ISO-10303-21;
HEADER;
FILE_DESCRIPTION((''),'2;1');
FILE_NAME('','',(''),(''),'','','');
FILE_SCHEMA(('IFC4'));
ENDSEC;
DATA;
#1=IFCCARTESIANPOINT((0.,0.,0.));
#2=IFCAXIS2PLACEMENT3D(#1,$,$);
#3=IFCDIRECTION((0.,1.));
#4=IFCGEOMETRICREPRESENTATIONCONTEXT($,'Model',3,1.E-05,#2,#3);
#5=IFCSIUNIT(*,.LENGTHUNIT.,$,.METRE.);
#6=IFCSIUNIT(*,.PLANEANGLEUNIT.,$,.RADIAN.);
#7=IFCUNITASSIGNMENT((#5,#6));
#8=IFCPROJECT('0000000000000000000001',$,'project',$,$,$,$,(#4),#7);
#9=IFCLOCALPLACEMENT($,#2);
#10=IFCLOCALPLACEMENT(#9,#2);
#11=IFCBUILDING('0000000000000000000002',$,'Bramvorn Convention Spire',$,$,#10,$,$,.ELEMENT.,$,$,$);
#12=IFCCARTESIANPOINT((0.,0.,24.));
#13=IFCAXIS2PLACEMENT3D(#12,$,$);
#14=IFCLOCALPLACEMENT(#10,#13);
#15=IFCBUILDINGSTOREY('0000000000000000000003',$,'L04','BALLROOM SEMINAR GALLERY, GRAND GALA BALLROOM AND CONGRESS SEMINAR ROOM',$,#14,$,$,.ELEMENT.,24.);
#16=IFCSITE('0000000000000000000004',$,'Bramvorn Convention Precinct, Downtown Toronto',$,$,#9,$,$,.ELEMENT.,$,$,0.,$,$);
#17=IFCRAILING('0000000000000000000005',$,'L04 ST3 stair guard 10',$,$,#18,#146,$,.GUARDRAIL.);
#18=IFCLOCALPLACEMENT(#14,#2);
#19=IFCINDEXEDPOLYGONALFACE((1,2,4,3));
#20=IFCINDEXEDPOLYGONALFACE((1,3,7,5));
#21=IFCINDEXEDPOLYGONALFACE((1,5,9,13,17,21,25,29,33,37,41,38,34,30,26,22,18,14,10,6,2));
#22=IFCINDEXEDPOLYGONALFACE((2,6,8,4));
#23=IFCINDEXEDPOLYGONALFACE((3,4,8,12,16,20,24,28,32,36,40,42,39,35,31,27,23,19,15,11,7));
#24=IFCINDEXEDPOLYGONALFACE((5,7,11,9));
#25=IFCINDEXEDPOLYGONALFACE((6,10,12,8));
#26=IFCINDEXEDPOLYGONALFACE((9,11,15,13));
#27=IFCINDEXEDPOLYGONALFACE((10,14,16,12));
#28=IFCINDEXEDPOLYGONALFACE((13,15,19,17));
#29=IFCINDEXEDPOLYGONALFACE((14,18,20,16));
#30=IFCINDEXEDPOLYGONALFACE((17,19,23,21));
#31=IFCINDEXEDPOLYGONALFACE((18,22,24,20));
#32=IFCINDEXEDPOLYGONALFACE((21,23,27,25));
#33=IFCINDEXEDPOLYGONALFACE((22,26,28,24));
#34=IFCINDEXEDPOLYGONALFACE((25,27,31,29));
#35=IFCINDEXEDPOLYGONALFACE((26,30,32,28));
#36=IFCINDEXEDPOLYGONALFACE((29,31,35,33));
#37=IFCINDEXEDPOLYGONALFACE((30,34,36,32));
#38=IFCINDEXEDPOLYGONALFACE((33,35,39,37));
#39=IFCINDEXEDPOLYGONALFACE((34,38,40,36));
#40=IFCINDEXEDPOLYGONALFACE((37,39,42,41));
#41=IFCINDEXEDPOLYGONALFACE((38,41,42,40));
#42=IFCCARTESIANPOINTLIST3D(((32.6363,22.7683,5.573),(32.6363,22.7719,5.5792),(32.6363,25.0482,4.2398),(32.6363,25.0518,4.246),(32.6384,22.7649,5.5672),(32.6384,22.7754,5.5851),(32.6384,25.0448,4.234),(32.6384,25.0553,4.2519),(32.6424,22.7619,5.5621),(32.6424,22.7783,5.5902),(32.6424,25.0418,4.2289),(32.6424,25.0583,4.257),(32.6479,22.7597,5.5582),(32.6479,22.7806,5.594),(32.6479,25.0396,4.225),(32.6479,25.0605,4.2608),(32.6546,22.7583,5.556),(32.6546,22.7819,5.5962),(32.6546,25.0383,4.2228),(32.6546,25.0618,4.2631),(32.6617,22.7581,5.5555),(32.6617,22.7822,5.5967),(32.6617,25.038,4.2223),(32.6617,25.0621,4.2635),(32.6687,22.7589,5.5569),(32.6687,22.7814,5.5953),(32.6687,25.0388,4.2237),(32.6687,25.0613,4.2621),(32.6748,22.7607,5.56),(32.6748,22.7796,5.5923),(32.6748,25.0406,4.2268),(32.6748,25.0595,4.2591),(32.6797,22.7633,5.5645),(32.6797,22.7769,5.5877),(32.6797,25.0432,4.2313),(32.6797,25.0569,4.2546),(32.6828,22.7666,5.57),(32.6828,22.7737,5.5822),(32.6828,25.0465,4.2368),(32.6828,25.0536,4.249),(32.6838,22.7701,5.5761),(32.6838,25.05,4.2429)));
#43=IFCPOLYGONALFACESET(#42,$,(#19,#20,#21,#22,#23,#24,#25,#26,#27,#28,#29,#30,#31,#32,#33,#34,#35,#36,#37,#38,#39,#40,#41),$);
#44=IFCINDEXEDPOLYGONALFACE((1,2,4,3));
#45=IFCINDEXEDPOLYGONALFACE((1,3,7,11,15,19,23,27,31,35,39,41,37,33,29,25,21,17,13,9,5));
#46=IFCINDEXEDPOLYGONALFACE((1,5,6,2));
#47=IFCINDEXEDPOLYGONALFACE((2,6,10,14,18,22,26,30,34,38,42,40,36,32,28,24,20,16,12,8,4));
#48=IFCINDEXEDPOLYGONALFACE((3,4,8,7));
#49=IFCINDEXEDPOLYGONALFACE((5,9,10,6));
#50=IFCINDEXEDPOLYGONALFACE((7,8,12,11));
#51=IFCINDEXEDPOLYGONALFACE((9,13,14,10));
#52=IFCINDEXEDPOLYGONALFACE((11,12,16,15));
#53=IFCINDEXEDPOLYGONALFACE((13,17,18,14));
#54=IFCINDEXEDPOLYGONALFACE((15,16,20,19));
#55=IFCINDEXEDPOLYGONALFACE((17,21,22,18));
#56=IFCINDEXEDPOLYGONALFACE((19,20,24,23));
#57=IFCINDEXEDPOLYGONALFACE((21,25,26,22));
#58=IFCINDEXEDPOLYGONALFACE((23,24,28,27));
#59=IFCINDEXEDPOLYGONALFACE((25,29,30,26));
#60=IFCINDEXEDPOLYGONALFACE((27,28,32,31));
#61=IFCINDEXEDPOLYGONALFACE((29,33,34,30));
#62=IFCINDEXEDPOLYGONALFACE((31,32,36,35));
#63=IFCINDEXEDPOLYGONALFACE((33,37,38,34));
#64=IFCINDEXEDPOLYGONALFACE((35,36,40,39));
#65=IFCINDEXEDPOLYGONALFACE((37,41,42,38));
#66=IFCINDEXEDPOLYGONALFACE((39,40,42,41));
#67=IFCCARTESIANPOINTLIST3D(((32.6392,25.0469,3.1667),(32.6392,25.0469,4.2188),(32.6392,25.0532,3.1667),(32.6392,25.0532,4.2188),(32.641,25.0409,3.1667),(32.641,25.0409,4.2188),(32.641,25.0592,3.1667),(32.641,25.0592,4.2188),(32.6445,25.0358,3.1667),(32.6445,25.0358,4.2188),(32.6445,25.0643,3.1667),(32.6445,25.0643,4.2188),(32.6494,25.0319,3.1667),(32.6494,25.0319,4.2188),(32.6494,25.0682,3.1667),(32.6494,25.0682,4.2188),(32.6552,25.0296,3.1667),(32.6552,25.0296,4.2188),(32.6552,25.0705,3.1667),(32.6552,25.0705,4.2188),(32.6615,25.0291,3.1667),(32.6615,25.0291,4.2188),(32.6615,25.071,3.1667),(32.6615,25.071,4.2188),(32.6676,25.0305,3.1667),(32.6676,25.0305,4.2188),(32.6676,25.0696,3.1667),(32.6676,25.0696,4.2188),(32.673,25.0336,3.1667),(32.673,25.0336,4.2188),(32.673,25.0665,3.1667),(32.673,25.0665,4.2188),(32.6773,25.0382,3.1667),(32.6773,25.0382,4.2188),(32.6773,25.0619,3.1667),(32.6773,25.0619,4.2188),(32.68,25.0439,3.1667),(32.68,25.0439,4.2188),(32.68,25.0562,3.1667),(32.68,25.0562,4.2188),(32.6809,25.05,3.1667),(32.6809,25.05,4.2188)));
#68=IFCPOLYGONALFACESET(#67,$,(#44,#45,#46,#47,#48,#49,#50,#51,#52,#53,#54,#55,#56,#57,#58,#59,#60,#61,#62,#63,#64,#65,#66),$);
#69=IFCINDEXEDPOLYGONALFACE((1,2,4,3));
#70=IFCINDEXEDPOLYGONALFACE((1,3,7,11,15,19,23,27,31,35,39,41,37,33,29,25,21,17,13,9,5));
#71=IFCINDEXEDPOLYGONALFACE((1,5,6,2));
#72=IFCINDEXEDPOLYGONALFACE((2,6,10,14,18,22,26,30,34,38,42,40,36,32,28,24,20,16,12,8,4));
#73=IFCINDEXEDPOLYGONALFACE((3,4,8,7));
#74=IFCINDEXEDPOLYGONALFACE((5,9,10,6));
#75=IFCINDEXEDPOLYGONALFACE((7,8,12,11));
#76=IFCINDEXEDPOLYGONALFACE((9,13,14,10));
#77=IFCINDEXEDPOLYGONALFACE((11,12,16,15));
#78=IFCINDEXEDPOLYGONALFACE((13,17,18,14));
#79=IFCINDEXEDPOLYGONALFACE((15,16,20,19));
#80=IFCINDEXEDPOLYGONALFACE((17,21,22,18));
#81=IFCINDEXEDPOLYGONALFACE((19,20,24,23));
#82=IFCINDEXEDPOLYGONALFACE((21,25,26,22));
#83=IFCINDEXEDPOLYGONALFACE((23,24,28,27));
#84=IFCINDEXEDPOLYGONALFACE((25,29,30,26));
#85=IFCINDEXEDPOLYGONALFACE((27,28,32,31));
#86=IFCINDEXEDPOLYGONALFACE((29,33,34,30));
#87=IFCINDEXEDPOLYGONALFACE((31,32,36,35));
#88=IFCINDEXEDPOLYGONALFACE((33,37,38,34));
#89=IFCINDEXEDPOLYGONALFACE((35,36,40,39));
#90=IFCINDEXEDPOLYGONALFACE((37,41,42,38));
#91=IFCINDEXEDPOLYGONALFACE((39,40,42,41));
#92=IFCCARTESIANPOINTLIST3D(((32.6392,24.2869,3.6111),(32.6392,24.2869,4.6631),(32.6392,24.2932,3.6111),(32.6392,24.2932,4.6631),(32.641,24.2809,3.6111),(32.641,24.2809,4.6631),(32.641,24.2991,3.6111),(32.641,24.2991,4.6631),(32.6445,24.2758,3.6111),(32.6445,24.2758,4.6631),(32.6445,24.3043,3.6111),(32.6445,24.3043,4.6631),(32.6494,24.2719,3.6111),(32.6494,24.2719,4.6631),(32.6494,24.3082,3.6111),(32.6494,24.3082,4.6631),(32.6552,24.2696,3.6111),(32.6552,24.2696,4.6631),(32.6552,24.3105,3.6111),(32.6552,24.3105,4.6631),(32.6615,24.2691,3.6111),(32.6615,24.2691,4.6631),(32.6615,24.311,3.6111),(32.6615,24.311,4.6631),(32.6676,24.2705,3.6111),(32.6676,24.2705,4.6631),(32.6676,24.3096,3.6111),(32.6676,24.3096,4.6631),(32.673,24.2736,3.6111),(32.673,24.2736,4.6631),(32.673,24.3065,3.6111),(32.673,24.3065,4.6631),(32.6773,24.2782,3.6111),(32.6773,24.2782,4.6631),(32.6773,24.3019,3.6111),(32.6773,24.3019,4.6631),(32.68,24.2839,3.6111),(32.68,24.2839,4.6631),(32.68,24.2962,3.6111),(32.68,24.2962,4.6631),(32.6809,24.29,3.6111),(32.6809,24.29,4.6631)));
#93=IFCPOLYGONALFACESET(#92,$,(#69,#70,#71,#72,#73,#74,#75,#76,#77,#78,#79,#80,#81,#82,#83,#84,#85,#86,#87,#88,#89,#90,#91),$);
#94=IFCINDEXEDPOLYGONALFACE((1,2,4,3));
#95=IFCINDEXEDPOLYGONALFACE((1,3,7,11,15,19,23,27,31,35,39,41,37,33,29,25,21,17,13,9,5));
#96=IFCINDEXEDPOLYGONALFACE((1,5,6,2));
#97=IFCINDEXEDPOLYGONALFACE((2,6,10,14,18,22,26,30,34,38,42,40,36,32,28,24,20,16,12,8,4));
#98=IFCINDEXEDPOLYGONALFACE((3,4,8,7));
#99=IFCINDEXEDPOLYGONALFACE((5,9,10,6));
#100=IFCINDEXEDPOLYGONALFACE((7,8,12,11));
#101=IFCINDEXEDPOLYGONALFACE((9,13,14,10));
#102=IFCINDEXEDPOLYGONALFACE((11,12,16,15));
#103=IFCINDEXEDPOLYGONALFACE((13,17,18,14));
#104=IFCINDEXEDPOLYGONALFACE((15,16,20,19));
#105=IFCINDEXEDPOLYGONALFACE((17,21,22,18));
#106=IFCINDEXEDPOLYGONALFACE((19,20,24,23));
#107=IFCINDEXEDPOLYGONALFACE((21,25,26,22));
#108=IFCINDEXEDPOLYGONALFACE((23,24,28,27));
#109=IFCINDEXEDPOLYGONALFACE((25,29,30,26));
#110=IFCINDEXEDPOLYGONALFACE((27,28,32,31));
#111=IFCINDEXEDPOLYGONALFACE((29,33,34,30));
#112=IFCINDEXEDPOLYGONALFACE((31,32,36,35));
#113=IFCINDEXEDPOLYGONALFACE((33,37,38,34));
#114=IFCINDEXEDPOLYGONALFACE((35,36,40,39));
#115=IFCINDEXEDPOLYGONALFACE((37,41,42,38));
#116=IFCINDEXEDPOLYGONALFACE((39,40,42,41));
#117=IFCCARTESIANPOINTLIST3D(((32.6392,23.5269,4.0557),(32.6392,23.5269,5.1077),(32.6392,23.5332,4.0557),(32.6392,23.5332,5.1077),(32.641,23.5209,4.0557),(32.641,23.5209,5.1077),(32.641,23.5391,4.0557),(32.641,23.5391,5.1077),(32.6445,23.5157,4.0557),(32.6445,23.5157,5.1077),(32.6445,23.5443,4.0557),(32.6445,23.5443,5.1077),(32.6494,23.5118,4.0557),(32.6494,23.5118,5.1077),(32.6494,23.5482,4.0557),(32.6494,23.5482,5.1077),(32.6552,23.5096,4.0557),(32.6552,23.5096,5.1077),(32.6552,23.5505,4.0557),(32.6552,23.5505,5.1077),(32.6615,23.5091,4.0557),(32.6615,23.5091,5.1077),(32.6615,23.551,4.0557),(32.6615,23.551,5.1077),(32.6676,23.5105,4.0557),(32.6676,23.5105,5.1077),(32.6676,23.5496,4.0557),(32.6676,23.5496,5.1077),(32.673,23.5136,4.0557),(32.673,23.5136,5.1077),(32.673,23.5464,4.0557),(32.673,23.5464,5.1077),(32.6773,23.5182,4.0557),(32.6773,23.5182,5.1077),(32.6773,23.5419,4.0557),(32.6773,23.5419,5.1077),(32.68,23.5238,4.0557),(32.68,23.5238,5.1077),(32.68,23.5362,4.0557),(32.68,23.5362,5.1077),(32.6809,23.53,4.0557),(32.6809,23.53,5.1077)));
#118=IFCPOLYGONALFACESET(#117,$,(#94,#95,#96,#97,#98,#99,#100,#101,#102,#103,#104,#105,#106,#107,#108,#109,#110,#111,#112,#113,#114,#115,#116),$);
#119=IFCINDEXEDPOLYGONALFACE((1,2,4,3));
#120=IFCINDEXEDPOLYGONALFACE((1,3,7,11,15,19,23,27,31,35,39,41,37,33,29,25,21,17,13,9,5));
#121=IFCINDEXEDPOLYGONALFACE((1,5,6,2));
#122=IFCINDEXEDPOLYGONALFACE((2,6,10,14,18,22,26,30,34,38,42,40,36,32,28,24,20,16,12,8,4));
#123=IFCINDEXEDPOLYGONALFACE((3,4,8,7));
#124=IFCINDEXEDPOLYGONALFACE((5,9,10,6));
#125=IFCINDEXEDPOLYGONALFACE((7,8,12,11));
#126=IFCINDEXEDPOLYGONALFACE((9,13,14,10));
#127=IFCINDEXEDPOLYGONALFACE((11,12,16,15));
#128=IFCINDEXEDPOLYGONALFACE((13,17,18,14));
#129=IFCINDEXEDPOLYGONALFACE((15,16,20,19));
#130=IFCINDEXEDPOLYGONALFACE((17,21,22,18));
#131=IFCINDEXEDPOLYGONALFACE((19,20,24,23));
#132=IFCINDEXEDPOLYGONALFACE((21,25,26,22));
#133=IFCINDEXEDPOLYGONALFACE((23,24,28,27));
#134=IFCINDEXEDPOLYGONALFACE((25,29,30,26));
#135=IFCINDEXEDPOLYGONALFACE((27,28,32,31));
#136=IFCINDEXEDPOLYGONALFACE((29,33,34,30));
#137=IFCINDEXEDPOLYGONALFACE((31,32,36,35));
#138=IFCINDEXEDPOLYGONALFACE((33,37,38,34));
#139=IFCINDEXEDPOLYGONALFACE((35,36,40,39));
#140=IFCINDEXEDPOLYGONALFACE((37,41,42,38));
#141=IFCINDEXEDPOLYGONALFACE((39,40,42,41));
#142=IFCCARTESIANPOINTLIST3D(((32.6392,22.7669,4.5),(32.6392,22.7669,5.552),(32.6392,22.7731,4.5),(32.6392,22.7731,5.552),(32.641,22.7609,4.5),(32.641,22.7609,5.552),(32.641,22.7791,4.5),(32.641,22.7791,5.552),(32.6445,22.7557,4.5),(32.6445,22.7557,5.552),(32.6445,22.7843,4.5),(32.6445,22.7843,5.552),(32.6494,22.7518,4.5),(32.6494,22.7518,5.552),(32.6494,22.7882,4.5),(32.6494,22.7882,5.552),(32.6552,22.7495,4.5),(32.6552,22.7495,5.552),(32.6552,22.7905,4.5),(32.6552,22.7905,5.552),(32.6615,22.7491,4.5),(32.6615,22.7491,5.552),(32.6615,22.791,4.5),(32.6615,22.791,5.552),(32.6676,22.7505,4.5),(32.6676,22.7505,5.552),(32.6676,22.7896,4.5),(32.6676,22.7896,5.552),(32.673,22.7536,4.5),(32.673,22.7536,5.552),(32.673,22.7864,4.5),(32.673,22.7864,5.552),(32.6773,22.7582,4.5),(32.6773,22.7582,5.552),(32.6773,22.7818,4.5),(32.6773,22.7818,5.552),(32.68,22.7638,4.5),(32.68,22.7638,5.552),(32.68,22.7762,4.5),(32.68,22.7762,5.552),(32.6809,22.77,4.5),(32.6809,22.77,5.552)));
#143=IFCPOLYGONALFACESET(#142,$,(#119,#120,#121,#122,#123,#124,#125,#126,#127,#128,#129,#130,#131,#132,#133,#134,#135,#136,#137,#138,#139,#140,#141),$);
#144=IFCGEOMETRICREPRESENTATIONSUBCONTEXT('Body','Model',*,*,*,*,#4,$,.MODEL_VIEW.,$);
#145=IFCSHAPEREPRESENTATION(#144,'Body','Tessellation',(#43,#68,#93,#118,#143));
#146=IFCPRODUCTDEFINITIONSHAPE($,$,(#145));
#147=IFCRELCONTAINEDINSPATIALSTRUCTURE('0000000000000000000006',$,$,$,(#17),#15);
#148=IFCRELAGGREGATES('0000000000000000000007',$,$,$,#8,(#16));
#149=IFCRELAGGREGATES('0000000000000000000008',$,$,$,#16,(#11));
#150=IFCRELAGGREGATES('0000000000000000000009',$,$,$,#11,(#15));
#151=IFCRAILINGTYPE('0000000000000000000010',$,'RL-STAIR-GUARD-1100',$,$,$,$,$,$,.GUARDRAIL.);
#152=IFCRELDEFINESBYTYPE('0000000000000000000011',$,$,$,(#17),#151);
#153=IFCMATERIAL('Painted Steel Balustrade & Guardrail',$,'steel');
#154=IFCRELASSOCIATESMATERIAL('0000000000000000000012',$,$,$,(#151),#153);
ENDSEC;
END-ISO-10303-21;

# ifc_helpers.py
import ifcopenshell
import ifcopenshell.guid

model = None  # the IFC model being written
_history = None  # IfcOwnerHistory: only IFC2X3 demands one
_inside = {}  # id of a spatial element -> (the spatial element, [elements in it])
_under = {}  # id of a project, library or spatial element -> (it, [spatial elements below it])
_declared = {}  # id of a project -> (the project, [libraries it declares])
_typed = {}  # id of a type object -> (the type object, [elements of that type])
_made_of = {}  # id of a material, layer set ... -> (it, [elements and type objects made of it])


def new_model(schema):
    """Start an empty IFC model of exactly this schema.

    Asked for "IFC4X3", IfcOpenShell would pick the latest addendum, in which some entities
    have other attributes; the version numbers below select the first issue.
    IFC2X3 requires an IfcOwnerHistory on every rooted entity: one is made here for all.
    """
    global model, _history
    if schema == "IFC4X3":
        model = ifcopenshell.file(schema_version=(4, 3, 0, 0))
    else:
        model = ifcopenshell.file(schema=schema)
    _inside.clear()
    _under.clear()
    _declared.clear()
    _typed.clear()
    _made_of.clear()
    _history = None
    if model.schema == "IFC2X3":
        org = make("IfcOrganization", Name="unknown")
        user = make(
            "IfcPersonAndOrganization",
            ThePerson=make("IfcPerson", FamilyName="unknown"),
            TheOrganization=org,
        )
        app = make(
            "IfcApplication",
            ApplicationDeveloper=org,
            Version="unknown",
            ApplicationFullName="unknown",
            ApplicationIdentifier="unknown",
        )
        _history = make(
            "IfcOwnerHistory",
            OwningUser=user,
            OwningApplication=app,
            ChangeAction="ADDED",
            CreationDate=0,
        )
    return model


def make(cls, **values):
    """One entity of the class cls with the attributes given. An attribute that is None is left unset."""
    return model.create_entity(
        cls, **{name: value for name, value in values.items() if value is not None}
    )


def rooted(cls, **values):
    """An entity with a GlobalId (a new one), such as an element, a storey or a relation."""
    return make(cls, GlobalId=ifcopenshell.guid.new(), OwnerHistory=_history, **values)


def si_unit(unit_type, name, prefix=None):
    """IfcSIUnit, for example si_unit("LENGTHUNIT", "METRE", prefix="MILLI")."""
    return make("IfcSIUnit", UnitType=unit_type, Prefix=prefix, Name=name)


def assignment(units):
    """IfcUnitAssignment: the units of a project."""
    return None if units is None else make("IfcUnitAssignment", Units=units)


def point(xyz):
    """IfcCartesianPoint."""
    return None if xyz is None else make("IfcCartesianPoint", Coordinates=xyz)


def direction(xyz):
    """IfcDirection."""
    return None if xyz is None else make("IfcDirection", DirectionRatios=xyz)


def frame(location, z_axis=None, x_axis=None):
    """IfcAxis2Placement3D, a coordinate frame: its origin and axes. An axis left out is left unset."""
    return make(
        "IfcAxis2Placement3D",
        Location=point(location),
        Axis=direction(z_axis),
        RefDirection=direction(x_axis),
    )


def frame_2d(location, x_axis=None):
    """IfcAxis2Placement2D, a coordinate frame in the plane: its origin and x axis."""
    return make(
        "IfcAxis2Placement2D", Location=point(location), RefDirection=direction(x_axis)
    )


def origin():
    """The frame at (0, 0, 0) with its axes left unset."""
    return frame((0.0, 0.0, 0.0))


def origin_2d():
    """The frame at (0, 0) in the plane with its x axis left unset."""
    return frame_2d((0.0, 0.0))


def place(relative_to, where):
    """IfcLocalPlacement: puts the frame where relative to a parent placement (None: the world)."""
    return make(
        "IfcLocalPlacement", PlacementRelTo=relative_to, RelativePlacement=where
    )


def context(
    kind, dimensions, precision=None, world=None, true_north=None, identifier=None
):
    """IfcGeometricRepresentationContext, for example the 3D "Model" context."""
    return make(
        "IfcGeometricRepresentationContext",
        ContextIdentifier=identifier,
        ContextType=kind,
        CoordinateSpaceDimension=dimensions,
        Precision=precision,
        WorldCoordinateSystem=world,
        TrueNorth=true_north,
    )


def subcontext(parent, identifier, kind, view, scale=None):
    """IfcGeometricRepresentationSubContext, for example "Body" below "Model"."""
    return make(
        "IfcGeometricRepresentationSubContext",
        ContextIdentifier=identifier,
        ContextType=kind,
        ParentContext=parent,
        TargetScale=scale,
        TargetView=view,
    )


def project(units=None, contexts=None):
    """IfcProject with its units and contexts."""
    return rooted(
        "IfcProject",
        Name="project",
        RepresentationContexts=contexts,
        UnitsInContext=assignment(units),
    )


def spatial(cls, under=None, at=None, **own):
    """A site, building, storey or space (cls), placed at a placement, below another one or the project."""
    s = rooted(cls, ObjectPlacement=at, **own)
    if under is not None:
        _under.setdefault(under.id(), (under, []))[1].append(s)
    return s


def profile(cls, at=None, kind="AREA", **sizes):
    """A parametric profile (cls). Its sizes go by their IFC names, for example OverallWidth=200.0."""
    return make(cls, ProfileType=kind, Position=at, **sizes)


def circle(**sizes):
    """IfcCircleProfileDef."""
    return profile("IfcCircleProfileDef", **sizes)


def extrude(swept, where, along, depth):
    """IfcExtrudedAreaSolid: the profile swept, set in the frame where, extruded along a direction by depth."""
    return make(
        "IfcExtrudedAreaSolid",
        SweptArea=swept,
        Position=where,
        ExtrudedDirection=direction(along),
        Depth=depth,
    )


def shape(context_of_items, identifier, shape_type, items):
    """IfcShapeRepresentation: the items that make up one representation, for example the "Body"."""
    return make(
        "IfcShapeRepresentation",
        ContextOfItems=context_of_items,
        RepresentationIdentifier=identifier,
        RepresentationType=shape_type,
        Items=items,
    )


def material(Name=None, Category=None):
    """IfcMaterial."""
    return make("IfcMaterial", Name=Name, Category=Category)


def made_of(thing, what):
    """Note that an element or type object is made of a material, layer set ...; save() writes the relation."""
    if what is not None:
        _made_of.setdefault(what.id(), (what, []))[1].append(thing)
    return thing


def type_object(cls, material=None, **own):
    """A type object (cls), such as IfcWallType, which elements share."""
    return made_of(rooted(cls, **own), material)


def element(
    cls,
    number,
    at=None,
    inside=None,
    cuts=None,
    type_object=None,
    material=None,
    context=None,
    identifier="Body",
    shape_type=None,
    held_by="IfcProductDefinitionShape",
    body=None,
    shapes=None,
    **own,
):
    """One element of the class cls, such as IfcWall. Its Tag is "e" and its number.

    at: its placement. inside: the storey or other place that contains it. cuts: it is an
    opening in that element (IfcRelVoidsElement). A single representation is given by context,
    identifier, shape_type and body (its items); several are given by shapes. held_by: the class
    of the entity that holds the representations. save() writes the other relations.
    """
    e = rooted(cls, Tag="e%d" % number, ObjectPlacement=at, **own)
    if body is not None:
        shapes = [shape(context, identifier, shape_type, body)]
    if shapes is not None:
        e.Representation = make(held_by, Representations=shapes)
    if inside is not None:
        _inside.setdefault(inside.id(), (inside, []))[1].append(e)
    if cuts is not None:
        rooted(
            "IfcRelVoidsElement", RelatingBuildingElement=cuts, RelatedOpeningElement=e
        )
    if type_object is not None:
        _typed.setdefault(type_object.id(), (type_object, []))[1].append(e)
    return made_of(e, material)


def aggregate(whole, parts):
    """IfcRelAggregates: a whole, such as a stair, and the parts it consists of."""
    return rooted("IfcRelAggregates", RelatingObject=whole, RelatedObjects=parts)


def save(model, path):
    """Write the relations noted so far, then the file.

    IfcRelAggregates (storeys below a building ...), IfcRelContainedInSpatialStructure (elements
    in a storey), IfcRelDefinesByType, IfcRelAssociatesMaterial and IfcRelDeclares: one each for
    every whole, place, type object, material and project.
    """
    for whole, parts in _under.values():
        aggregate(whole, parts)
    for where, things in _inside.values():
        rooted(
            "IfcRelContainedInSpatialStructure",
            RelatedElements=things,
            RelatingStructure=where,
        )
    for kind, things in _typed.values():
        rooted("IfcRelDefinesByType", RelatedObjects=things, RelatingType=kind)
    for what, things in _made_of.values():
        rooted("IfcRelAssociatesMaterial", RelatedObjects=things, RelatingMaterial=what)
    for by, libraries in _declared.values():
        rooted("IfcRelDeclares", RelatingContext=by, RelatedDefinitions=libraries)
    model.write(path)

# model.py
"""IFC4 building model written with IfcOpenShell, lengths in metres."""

from ifc_helpers import new_model, si_unit, direction, frame, origin, origin_2d, place, context, subcontext, project, spatial, circle, extrude, material, type_object, element, save


model = new_model("IFC4")

# Units and contexts
model_context = context("Model", 3, precision=1e-05, world=origin(), true_north=direction((0.0, 1.0)))
body_context = subcontext(model_context, "Body", "Model", "MODEL_VIEW")
ifc_project = project(units=[si_unit("LENGTHUNIT", "METRE"), si_unit("PLANEANGLEUNIT", "RADIAN")], contexts=[model_context])

# Site, building, storey
site_placement = place(None, origin())
site = spatial("IfcSite", under=ifc_project, at=site_placement, Name="Bramvorn Convention Precinct, Downtown Toronto", CompositionType="ELEMENT", RefElevation=0.0)
building_placement = place(site_placement, origin())
building = spatial("IfcBuilding", under=site, at=building_placement, Name="Bramvorn Convention Spire", CompositionType="ELEMENT")
storey_placement = place(building_placement, frame((0.0, 0.0, 24.0)))
storey = spatial("IfcBuildingStorey", under=building, at=storey_placement, Name="L04", Description="BALLROOM SEMINAR GALLERY, GRAND GALA BALLROOM AND CONGRESS SEMINAR ROOM", CompositionType="ELEMENT", Elevation=24.0)

# Railing
ifc_material_1 = material(Name="Painted Steel Balustrade & Guardrail", Category="steel")
railing_type_1 = type_object("IfcRailingType", Name="RL-STAIR-GUARD-1100", PredefinedType="GUARDRAIL", material=ifc_material_1)
railing_1_placement = place(storey_placement, frame((32.6599, 25.05, 3.1667)))
element("IfcRailing", 1, at=railing_1_placement, inside=storey, type_object=railing_type_1, Name="L04 ST3 stair guard 10", PredefinedType="GUARDRAIL", context=body_context, shape_type="SweptSolid", body=[
    extrude(circle(Radius=0.0239, at=origin_2d()), frame((0.0, 0.0, 1.0762), z_axis=(0.0, -0.863245, 0.504785), x_axis=(1.0, 0.0, 0.0)), (0.0, 0.0, 1.0), 2.6411),
    extrude(circle(Radius=0.021, at=origin_2d()), origin(), (0.0, 0.0, 1.0), 1.052),
    extrude(circle(Radius=0.021, at=origin_2d()), frame((0.0, -0.76, 0.4443)), (0.0, 0.0, 1.0), 1.052),
    extrude(circle(Radius=0.021, at=origin_2d()), frame((0.0, -1.52, 0.8889)), (0.0, 0.0, 1.0), 1.052),
    extrude(circle(Radius=0.021, at=origin_2d()), frame((0.0, -2.28, 1.3333)), (0.0, 0.0, 1.0), 1.052),
])

save(model, "model.ifc")
